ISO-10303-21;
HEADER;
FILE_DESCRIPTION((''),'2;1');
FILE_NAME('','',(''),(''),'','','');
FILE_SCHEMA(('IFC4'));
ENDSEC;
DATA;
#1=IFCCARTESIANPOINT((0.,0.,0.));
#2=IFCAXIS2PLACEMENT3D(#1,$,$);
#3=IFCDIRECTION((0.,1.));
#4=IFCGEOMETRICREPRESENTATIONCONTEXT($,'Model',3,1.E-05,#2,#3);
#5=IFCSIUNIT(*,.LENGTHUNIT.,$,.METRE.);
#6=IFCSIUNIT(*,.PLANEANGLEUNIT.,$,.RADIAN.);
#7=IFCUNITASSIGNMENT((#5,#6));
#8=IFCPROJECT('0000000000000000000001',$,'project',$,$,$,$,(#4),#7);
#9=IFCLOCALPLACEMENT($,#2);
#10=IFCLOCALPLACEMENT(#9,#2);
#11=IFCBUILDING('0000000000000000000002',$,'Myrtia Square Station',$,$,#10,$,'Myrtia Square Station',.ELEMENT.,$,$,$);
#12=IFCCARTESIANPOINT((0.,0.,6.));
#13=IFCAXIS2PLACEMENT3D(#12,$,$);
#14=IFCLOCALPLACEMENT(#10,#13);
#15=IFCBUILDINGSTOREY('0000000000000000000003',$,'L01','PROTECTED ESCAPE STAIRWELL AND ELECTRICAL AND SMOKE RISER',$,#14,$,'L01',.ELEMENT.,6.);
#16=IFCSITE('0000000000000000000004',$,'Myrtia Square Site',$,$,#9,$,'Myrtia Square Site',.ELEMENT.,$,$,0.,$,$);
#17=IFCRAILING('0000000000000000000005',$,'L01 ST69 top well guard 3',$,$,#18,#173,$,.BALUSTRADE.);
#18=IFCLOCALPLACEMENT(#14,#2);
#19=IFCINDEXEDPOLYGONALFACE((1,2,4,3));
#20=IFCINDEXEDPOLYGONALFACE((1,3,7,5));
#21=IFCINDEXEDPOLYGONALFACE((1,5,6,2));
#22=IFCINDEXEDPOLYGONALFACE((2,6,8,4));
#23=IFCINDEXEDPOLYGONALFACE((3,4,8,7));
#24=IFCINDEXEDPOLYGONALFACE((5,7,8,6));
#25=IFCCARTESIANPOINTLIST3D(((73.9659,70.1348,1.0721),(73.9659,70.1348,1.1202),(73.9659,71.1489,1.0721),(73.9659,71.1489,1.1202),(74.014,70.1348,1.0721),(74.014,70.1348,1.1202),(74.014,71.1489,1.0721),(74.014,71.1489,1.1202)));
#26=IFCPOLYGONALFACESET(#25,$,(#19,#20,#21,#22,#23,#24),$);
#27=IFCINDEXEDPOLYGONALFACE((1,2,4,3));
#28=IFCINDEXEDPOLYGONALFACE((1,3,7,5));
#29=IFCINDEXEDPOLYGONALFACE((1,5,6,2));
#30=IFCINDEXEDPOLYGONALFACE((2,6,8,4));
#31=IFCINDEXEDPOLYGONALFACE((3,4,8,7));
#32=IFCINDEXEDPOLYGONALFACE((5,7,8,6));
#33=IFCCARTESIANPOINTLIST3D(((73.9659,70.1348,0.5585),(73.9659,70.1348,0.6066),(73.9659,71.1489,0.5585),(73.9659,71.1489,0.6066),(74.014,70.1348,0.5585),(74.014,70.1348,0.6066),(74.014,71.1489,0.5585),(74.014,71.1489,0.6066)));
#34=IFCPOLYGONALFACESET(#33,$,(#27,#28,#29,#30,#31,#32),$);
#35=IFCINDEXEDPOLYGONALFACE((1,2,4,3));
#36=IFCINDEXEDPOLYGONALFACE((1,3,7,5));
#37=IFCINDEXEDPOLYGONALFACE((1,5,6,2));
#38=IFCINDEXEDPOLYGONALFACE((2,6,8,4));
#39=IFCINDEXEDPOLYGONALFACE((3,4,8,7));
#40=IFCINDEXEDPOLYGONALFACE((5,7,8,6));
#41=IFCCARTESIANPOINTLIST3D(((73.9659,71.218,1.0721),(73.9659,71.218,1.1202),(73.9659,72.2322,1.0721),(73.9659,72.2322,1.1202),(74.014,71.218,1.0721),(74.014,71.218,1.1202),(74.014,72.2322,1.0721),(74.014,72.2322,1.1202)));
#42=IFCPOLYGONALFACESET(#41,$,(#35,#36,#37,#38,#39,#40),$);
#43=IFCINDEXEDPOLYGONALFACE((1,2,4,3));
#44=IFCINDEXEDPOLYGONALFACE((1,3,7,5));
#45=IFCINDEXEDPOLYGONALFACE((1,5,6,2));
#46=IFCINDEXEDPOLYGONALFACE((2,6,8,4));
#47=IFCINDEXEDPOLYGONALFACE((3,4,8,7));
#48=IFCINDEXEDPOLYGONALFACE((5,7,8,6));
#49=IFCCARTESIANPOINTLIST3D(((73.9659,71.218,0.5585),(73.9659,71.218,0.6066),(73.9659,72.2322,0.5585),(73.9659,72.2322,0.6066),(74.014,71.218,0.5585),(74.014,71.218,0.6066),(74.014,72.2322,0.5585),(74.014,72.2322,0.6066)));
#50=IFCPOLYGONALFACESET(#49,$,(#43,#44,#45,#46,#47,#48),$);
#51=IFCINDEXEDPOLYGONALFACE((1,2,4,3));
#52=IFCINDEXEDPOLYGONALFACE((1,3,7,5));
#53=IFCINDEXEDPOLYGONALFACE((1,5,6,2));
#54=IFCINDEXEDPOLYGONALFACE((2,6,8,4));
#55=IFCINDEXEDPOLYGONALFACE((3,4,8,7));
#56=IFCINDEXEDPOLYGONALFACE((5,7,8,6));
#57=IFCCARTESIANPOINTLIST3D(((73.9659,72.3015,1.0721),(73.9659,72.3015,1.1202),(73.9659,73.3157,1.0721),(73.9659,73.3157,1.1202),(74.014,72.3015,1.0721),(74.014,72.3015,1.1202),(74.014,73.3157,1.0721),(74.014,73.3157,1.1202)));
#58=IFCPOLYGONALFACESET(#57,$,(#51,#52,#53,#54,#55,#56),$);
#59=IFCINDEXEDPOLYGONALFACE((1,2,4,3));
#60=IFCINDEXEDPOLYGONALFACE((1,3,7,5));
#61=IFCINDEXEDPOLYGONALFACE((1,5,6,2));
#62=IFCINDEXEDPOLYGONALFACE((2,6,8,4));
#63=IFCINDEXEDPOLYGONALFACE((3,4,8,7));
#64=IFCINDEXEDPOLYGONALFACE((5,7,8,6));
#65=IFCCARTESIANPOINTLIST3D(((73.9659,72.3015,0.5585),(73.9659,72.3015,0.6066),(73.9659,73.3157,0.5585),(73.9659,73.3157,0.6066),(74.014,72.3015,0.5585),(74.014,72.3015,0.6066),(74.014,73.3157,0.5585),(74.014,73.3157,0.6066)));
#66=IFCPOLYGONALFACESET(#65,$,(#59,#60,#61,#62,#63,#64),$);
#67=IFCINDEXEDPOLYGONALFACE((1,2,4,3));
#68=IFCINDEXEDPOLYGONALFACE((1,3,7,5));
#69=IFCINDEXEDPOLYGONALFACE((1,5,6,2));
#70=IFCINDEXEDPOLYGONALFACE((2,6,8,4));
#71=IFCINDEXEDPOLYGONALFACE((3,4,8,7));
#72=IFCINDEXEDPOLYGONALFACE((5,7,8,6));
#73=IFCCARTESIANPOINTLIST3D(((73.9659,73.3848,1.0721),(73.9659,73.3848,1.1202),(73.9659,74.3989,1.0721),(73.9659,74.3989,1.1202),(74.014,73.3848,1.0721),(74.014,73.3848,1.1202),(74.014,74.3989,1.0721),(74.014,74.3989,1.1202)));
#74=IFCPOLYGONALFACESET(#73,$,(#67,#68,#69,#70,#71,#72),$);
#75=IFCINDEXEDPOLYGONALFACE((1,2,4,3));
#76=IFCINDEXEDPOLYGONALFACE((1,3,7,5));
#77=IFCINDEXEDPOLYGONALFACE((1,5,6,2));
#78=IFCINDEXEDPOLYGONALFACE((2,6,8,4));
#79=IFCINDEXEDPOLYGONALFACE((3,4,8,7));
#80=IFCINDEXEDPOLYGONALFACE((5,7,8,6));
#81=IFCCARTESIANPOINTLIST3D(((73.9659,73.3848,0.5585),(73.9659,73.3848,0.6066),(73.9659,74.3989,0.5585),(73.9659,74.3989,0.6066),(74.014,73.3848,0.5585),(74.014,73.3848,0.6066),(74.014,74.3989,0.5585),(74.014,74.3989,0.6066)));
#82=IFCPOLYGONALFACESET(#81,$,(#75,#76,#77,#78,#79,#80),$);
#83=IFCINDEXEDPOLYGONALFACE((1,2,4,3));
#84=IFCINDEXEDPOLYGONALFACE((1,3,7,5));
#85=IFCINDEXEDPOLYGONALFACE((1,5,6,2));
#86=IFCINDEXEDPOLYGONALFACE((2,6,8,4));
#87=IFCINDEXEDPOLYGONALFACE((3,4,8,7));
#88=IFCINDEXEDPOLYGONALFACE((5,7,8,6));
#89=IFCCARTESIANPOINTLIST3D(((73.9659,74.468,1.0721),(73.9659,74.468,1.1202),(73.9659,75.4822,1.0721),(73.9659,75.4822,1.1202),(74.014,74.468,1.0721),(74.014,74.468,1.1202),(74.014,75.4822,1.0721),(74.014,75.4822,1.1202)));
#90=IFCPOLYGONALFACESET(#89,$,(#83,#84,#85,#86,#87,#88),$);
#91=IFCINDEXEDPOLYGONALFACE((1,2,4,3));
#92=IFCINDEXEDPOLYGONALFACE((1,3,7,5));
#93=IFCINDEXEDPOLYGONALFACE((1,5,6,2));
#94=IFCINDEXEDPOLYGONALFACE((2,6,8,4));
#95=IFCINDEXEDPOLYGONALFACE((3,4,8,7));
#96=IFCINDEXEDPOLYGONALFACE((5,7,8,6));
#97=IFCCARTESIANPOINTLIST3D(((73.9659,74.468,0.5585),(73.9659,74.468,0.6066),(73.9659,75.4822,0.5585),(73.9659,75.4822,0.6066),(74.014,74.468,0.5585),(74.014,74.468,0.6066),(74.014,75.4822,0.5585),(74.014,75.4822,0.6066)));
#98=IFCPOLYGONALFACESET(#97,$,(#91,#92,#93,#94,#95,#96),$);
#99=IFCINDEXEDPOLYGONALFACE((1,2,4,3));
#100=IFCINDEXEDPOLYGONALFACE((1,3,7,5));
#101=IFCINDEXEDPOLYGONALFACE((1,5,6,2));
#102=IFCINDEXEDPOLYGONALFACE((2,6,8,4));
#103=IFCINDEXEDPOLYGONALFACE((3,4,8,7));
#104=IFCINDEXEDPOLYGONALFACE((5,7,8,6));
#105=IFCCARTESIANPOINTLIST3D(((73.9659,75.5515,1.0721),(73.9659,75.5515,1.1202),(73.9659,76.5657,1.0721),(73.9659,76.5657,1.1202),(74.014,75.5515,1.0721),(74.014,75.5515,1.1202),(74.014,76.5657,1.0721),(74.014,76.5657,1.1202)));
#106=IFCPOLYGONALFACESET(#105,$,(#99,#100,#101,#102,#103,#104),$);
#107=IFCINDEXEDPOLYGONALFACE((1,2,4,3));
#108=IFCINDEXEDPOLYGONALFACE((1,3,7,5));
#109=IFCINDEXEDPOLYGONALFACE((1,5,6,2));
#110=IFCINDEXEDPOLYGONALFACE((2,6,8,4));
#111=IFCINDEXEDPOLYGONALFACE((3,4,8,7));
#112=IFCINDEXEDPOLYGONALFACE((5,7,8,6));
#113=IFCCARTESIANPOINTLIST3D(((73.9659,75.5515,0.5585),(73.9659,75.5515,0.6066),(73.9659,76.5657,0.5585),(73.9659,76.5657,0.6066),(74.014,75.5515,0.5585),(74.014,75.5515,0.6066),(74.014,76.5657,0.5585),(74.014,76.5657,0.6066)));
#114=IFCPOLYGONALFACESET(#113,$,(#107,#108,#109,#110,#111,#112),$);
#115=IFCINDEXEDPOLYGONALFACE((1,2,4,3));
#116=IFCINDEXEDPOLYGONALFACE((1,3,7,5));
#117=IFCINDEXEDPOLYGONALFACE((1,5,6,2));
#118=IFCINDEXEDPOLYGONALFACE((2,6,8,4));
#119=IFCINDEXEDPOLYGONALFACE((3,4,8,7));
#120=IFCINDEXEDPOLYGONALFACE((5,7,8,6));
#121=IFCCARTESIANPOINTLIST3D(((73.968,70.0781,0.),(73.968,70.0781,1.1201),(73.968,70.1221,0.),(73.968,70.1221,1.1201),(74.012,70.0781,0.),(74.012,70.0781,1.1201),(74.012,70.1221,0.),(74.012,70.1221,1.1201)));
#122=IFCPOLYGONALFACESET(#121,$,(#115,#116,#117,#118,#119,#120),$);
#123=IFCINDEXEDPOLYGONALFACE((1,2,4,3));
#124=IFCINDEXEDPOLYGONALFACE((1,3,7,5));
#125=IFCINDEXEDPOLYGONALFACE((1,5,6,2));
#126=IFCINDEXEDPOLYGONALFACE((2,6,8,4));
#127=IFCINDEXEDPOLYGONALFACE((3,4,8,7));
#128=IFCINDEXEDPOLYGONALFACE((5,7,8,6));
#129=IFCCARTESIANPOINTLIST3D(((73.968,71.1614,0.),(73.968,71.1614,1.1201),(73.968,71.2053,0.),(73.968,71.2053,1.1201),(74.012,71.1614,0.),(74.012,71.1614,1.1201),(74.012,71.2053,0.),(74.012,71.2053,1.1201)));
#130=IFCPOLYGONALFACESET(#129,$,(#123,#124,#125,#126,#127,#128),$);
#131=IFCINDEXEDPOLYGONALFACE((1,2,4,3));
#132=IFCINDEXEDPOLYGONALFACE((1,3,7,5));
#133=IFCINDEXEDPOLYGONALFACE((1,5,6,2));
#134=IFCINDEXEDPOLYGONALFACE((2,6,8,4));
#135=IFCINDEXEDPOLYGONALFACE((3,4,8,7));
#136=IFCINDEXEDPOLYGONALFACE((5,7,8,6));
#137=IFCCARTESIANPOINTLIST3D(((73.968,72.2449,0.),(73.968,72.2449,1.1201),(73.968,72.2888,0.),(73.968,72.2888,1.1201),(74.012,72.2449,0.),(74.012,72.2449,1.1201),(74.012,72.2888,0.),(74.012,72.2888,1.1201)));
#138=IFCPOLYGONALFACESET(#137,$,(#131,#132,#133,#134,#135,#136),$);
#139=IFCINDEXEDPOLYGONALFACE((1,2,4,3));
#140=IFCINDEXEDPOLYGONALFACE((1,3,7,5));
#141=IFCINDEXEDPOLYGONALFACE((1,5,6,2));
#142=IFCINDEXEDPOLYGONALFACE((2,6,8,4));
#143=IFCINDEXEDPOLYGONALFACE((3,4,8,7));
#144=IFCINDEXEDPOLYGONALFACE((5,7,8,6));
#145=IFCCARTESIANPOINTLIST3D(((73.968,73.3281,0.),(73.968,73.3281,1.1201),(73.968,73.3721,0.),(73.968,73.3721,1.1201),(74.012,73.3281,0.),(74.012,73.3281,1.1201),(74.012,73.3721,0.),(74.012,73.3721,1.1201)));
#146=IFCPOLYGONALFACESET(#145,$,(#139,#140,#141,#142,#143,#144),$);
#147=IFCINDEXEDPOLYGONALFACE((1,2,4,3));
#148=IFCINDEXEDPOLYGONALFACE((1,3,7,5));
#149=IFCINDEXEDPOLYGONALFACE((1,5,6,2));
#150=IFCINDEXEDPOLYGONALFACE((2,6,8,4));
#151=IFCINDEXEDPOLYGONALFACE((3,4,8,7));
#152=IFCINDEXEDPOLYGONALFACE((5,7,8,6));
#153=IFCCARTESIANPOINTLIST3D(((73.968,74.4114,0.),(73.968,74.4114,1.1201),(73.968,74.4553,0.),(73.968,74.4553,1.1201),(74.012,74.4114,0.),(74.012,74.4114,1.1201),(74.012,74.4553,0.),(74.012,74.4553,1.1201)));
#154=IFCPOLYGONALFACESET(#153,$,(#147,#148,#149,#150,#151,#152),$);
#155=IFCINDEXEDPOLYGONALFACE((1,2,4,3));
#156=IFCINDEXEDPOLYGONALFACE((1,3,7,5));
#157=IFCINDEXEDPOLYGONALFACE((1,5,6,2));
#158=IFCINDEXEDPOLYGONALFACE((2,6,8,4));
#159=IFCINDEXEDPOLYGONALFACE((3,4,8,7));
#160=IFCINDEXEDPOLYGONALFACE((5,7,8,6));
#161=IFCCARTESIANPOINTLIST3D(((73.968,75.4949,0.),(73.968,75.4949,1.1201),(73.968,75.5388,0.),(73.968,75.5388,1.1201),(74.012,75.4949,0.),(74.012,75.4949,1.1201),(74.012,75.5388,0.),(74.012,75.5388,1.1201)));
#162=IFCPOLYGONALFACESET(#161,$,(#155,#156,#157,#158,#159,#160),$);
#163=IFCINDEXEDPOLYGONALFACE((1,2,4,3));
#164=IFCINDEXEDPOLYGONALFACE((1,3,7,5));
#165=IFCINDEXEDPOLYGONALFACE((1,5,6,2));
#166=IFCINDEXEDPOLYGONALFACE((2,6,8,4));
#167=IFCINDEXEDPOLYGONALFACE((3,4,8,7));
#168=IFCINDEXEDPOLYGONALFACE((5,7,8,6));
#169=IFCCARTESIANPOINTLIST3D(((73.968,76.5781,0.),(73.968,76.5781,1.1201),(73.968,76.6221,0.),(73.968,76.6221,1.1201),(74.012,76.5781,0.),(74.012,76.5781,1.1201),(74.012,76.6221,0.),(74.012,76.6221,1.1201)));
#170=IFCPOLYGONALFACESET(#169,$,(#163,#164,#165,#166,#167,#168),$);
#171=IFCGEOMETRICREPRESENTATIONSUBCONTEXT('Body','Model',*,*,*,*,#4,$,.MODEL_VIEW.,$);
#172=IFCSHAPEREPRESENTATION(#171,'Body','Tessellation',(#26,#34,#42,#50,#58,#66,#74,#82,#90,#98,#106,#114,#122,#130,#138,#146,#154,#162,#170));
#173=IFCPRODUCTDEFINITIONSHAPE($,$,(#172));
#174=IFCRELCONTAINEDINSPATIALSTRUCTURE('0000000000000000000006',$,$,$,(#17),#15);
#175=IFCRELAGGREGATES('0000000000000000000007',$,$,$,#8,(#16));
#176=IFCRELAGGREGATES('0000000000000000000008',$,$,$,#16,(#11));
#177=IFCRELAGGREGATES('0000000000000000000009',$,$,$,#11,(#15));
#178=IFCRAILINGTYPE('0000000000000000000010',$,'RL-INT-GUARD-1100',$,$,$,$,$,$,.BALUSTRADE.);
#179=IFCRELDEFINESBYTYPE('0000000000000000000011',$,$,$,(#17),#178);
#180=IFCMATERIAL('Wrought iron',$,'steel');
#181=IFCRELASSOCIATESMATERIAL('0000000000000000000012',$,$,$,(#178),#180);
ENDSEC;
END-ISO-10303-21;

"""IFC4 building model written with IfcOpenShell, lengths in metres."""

from ifc_helpers import new_model, si_unit, direction, frame, origin, origin_2d, place, context, subcontext, project, spatial, rectangle, extrude, material, type_object, element, save


model = new_model("IFC4")

# Units and contexts
model_context = context("Model", 3, precision=1e-05, world=origin(), true_north=direction((0.0, 1.0)))
body_context = subcontext(model_context, "Body", "Model", "MODEL_VIEW")
ifc_project = project(units=[si_unit("LENGTHUNIT", "METRE"), si_unit("PLANEANGLEUNIT", "RADIAN")], contexts=[model_context])

# Site, building, storey
site_placement = place(None, origin())
site = spatial("IfcSite", under=ifc_project, at=site_placement, Name="Myrtia Square Site", LongName="Myrtia Square Site", CompositionType="ELEMENT", RefElevation=0.0)
building_placement = place(site_placement, origin())
building = spatial("IfcBuilding", under=site, at=building_placement, Name="Myrtia Square Station", LongName="Myrtia Square Station", CompositionType="ELEMENT")
storey_placement = place(building_placement, frame((0.0, 0.0, 6.0)))
storey = spatial("IfcBuildingStorey", under=building, at=storey_placement, Name="L01", Description="PROTECTED ESCAPE STAIRWELL AND ELECTRICAL AND SMOKE RISER", LongName="L01", CompositionType="ELEMENT", Elevation=6.0)

# Railing
ifc_material_1 = material(Name="Wrought iron", Category="steel")
railing_type = type_object("IfcRailingType", Name="RL-INT-GUARD-1100", PredefinedType="BALUSTRADE", material=ifc_material_1)
railing_1_placement = place(storey_placement, frame((73.99, 70.1001, 0.0)))
element("IfcRailing", 1, at=railing_1_placement, inside=storey, type_object=railing_type, Name="L01 ST69 top well guard 3", PredefinedType="BALUSTRADE", context=body_context, shape_type="SweptSolid", body=[
    extrude(rectangle(XDim=0.0481, YDim=0.0481, at=origin_2d()), frame((0.0, 0.0347, 1.0962), z_axis=(0.0, 1.0, 0.0), x_axis=(-1.0, 0.0, 0.0)), (0.0, 0.0, 1.0), 1.0142),
    extrude(rectangle(XDim=0.0481, YDim=0.0481, at=origin_2d()), frame((0.0, 0.0347, 0.5825), z_axis=(0.0, 1.0, 0.0), x_axis=(-1.0, 0.0, 0.0)), (0.0, 0.0, 1.0), 1.0142),
    extrude(rectangle(XDim=0.0481, YDim=0.0481, at=origin_2d()), frame((0.0, 1.1179, 1.0962), z_axis=(0.0, 1.0, 0.0), x_axis=(-1.0, 0.0, 0.0)), (0.0, 0.0, 1.0), 1.0142),
    extrude(rectangle(XDim=0.0481, YDim=0.0481, at=origin_2d()), frame((0.0, 1.1179, 0.5825), z_axis=(0.0, 1.0, 0.0), x_axis=(-1.0, 0.0, 0.0)), (0.0, 0.0, 1.0), 1.0142),
    extrude(rectangle(XDim=0.0481, YDim=0.0481, at=origin_2d()), frame((0.0, 2.2014, 1.0962), z_axis=(0.0, 1.0, 0.0), x_axis=(-1.0, 0.0, 0.0)), (0.0, 0.0, 1.0), 1.0142),
    extrude(rectangle(XDim=0.0481, YDim=0.0481, at=origin_2d()), frame((0.0, 2.2014, 0.5825), z_axis=(0.0, 1.0, 0.0), x_axis=(-1.0, 0.0, 0.0)), (0.0, 0.0, 1.0), 1.0142),
    extrude(rectangle(XDim=0.0481, YDim=0.0481, at=origin_2d()), frame((0.0, 3.2847, 1.0962), z_axis=(0.0, 1.0, 0.0), x_axis=(-1.0, 0.0, 0.0)), (0.0, 0.0, 1.0), 1.0142),
    extrude(rectangle(XDim=0.0481, YDim=0.0481, at=origin_2d()), frame((0.0, 3.2847, 0.5825), z_axis=(0.0, 1.0, 0.0), x_axis=(-1.0, 0.0, 0.0)), (0.0, 0.0, 1.0), 1.0142),
    extrude(rectangle(XDim=0.0481, YDim=0.0481, at=origin_2d()), frame((0.0, 4.3679, 1.0962), z_axis=(0.0, 1.0, 0.0), x_axis=(-1.0, 0.0, 0.0)), (0.0, 0.0, 1.0), 1.0142),
    extrude(rectangle(XDim=0.0481, YDim=0.0481, at=origin_2d()), frame((0.0, 4.3679, 0.5825), z_axis=(0.0, 1.0, 0.0), x_axis=(-1.0, 0.0, 0.0)), (0.0, 0.0, 1.0), 1.0142),
    extrude(rectangle(XDim=0.0481, YDim=0.0481, at=origin_2d()), frame((0.0, 5.4514, 1.0962), z_axis=(0.0, 1.0, 0.0), x_axis=(-1.0, 0.0, 0.0)), (0.0, 0.0, 1.0), 1.0142),
    extrude(rectangle(XDim=0.0481, YDim=0.0481, at=origin_2d()), frame((0.0, 5.4514, 0.5825), z_axis=(0.0, 1.0, 0.0), x_axis=(-1.0, 0.0, 0.0)), (0.0, 0.0, 1.0), 1.0142),
    extrude(rectangle(XDim=0.0439, YDim=0.0439, at=origin_2d()), origin(), (0.0, 0.0, 1.0), 1.1201),
    extrude(rectangle(XDim=0.0439, YDim=0.0439, at=origin_2d()), frame((0.0, 1.0833, 0.0)), (0.0, 0.0, 1.0), 1.1201),
    extrude(rectangle(XDim=0.0439, YDim=0.0439, at=origin_2d()), frame((0.0, 2.1667, 0.0)), (0.0, 0.0, 1.0), 1.1201),
    extrude(rectangle(XDim=0.0439, YDim=0.0439, at=origin_2d()), frame((0.0, 3.25, 0.0)), (0.0, 0.0, 1.0), 1.1201),
    extrude(rectangle(XDim=0.0439, YDim=0.0439, at=origin_2d()), frame((0.0, 4.3333, 0.0)), (0.0, 0.0, 1.0), 1.1201),
    extrude(rectangle(XDim=0.0439, YDim=0.0439, at=origin_2d()), frame((0.0, 5.4167, 0.0)), (0.0, 0.0, 1.0), 1.1201),
    extrude(rectangle(XDim=0.0439, YDim=0.0439, at=origin_2d()), frame((0.0, 6.5, 0.0)), (0.0, 0.0, 1.0), 1.1201),
])

save(model, "model.ifc")
